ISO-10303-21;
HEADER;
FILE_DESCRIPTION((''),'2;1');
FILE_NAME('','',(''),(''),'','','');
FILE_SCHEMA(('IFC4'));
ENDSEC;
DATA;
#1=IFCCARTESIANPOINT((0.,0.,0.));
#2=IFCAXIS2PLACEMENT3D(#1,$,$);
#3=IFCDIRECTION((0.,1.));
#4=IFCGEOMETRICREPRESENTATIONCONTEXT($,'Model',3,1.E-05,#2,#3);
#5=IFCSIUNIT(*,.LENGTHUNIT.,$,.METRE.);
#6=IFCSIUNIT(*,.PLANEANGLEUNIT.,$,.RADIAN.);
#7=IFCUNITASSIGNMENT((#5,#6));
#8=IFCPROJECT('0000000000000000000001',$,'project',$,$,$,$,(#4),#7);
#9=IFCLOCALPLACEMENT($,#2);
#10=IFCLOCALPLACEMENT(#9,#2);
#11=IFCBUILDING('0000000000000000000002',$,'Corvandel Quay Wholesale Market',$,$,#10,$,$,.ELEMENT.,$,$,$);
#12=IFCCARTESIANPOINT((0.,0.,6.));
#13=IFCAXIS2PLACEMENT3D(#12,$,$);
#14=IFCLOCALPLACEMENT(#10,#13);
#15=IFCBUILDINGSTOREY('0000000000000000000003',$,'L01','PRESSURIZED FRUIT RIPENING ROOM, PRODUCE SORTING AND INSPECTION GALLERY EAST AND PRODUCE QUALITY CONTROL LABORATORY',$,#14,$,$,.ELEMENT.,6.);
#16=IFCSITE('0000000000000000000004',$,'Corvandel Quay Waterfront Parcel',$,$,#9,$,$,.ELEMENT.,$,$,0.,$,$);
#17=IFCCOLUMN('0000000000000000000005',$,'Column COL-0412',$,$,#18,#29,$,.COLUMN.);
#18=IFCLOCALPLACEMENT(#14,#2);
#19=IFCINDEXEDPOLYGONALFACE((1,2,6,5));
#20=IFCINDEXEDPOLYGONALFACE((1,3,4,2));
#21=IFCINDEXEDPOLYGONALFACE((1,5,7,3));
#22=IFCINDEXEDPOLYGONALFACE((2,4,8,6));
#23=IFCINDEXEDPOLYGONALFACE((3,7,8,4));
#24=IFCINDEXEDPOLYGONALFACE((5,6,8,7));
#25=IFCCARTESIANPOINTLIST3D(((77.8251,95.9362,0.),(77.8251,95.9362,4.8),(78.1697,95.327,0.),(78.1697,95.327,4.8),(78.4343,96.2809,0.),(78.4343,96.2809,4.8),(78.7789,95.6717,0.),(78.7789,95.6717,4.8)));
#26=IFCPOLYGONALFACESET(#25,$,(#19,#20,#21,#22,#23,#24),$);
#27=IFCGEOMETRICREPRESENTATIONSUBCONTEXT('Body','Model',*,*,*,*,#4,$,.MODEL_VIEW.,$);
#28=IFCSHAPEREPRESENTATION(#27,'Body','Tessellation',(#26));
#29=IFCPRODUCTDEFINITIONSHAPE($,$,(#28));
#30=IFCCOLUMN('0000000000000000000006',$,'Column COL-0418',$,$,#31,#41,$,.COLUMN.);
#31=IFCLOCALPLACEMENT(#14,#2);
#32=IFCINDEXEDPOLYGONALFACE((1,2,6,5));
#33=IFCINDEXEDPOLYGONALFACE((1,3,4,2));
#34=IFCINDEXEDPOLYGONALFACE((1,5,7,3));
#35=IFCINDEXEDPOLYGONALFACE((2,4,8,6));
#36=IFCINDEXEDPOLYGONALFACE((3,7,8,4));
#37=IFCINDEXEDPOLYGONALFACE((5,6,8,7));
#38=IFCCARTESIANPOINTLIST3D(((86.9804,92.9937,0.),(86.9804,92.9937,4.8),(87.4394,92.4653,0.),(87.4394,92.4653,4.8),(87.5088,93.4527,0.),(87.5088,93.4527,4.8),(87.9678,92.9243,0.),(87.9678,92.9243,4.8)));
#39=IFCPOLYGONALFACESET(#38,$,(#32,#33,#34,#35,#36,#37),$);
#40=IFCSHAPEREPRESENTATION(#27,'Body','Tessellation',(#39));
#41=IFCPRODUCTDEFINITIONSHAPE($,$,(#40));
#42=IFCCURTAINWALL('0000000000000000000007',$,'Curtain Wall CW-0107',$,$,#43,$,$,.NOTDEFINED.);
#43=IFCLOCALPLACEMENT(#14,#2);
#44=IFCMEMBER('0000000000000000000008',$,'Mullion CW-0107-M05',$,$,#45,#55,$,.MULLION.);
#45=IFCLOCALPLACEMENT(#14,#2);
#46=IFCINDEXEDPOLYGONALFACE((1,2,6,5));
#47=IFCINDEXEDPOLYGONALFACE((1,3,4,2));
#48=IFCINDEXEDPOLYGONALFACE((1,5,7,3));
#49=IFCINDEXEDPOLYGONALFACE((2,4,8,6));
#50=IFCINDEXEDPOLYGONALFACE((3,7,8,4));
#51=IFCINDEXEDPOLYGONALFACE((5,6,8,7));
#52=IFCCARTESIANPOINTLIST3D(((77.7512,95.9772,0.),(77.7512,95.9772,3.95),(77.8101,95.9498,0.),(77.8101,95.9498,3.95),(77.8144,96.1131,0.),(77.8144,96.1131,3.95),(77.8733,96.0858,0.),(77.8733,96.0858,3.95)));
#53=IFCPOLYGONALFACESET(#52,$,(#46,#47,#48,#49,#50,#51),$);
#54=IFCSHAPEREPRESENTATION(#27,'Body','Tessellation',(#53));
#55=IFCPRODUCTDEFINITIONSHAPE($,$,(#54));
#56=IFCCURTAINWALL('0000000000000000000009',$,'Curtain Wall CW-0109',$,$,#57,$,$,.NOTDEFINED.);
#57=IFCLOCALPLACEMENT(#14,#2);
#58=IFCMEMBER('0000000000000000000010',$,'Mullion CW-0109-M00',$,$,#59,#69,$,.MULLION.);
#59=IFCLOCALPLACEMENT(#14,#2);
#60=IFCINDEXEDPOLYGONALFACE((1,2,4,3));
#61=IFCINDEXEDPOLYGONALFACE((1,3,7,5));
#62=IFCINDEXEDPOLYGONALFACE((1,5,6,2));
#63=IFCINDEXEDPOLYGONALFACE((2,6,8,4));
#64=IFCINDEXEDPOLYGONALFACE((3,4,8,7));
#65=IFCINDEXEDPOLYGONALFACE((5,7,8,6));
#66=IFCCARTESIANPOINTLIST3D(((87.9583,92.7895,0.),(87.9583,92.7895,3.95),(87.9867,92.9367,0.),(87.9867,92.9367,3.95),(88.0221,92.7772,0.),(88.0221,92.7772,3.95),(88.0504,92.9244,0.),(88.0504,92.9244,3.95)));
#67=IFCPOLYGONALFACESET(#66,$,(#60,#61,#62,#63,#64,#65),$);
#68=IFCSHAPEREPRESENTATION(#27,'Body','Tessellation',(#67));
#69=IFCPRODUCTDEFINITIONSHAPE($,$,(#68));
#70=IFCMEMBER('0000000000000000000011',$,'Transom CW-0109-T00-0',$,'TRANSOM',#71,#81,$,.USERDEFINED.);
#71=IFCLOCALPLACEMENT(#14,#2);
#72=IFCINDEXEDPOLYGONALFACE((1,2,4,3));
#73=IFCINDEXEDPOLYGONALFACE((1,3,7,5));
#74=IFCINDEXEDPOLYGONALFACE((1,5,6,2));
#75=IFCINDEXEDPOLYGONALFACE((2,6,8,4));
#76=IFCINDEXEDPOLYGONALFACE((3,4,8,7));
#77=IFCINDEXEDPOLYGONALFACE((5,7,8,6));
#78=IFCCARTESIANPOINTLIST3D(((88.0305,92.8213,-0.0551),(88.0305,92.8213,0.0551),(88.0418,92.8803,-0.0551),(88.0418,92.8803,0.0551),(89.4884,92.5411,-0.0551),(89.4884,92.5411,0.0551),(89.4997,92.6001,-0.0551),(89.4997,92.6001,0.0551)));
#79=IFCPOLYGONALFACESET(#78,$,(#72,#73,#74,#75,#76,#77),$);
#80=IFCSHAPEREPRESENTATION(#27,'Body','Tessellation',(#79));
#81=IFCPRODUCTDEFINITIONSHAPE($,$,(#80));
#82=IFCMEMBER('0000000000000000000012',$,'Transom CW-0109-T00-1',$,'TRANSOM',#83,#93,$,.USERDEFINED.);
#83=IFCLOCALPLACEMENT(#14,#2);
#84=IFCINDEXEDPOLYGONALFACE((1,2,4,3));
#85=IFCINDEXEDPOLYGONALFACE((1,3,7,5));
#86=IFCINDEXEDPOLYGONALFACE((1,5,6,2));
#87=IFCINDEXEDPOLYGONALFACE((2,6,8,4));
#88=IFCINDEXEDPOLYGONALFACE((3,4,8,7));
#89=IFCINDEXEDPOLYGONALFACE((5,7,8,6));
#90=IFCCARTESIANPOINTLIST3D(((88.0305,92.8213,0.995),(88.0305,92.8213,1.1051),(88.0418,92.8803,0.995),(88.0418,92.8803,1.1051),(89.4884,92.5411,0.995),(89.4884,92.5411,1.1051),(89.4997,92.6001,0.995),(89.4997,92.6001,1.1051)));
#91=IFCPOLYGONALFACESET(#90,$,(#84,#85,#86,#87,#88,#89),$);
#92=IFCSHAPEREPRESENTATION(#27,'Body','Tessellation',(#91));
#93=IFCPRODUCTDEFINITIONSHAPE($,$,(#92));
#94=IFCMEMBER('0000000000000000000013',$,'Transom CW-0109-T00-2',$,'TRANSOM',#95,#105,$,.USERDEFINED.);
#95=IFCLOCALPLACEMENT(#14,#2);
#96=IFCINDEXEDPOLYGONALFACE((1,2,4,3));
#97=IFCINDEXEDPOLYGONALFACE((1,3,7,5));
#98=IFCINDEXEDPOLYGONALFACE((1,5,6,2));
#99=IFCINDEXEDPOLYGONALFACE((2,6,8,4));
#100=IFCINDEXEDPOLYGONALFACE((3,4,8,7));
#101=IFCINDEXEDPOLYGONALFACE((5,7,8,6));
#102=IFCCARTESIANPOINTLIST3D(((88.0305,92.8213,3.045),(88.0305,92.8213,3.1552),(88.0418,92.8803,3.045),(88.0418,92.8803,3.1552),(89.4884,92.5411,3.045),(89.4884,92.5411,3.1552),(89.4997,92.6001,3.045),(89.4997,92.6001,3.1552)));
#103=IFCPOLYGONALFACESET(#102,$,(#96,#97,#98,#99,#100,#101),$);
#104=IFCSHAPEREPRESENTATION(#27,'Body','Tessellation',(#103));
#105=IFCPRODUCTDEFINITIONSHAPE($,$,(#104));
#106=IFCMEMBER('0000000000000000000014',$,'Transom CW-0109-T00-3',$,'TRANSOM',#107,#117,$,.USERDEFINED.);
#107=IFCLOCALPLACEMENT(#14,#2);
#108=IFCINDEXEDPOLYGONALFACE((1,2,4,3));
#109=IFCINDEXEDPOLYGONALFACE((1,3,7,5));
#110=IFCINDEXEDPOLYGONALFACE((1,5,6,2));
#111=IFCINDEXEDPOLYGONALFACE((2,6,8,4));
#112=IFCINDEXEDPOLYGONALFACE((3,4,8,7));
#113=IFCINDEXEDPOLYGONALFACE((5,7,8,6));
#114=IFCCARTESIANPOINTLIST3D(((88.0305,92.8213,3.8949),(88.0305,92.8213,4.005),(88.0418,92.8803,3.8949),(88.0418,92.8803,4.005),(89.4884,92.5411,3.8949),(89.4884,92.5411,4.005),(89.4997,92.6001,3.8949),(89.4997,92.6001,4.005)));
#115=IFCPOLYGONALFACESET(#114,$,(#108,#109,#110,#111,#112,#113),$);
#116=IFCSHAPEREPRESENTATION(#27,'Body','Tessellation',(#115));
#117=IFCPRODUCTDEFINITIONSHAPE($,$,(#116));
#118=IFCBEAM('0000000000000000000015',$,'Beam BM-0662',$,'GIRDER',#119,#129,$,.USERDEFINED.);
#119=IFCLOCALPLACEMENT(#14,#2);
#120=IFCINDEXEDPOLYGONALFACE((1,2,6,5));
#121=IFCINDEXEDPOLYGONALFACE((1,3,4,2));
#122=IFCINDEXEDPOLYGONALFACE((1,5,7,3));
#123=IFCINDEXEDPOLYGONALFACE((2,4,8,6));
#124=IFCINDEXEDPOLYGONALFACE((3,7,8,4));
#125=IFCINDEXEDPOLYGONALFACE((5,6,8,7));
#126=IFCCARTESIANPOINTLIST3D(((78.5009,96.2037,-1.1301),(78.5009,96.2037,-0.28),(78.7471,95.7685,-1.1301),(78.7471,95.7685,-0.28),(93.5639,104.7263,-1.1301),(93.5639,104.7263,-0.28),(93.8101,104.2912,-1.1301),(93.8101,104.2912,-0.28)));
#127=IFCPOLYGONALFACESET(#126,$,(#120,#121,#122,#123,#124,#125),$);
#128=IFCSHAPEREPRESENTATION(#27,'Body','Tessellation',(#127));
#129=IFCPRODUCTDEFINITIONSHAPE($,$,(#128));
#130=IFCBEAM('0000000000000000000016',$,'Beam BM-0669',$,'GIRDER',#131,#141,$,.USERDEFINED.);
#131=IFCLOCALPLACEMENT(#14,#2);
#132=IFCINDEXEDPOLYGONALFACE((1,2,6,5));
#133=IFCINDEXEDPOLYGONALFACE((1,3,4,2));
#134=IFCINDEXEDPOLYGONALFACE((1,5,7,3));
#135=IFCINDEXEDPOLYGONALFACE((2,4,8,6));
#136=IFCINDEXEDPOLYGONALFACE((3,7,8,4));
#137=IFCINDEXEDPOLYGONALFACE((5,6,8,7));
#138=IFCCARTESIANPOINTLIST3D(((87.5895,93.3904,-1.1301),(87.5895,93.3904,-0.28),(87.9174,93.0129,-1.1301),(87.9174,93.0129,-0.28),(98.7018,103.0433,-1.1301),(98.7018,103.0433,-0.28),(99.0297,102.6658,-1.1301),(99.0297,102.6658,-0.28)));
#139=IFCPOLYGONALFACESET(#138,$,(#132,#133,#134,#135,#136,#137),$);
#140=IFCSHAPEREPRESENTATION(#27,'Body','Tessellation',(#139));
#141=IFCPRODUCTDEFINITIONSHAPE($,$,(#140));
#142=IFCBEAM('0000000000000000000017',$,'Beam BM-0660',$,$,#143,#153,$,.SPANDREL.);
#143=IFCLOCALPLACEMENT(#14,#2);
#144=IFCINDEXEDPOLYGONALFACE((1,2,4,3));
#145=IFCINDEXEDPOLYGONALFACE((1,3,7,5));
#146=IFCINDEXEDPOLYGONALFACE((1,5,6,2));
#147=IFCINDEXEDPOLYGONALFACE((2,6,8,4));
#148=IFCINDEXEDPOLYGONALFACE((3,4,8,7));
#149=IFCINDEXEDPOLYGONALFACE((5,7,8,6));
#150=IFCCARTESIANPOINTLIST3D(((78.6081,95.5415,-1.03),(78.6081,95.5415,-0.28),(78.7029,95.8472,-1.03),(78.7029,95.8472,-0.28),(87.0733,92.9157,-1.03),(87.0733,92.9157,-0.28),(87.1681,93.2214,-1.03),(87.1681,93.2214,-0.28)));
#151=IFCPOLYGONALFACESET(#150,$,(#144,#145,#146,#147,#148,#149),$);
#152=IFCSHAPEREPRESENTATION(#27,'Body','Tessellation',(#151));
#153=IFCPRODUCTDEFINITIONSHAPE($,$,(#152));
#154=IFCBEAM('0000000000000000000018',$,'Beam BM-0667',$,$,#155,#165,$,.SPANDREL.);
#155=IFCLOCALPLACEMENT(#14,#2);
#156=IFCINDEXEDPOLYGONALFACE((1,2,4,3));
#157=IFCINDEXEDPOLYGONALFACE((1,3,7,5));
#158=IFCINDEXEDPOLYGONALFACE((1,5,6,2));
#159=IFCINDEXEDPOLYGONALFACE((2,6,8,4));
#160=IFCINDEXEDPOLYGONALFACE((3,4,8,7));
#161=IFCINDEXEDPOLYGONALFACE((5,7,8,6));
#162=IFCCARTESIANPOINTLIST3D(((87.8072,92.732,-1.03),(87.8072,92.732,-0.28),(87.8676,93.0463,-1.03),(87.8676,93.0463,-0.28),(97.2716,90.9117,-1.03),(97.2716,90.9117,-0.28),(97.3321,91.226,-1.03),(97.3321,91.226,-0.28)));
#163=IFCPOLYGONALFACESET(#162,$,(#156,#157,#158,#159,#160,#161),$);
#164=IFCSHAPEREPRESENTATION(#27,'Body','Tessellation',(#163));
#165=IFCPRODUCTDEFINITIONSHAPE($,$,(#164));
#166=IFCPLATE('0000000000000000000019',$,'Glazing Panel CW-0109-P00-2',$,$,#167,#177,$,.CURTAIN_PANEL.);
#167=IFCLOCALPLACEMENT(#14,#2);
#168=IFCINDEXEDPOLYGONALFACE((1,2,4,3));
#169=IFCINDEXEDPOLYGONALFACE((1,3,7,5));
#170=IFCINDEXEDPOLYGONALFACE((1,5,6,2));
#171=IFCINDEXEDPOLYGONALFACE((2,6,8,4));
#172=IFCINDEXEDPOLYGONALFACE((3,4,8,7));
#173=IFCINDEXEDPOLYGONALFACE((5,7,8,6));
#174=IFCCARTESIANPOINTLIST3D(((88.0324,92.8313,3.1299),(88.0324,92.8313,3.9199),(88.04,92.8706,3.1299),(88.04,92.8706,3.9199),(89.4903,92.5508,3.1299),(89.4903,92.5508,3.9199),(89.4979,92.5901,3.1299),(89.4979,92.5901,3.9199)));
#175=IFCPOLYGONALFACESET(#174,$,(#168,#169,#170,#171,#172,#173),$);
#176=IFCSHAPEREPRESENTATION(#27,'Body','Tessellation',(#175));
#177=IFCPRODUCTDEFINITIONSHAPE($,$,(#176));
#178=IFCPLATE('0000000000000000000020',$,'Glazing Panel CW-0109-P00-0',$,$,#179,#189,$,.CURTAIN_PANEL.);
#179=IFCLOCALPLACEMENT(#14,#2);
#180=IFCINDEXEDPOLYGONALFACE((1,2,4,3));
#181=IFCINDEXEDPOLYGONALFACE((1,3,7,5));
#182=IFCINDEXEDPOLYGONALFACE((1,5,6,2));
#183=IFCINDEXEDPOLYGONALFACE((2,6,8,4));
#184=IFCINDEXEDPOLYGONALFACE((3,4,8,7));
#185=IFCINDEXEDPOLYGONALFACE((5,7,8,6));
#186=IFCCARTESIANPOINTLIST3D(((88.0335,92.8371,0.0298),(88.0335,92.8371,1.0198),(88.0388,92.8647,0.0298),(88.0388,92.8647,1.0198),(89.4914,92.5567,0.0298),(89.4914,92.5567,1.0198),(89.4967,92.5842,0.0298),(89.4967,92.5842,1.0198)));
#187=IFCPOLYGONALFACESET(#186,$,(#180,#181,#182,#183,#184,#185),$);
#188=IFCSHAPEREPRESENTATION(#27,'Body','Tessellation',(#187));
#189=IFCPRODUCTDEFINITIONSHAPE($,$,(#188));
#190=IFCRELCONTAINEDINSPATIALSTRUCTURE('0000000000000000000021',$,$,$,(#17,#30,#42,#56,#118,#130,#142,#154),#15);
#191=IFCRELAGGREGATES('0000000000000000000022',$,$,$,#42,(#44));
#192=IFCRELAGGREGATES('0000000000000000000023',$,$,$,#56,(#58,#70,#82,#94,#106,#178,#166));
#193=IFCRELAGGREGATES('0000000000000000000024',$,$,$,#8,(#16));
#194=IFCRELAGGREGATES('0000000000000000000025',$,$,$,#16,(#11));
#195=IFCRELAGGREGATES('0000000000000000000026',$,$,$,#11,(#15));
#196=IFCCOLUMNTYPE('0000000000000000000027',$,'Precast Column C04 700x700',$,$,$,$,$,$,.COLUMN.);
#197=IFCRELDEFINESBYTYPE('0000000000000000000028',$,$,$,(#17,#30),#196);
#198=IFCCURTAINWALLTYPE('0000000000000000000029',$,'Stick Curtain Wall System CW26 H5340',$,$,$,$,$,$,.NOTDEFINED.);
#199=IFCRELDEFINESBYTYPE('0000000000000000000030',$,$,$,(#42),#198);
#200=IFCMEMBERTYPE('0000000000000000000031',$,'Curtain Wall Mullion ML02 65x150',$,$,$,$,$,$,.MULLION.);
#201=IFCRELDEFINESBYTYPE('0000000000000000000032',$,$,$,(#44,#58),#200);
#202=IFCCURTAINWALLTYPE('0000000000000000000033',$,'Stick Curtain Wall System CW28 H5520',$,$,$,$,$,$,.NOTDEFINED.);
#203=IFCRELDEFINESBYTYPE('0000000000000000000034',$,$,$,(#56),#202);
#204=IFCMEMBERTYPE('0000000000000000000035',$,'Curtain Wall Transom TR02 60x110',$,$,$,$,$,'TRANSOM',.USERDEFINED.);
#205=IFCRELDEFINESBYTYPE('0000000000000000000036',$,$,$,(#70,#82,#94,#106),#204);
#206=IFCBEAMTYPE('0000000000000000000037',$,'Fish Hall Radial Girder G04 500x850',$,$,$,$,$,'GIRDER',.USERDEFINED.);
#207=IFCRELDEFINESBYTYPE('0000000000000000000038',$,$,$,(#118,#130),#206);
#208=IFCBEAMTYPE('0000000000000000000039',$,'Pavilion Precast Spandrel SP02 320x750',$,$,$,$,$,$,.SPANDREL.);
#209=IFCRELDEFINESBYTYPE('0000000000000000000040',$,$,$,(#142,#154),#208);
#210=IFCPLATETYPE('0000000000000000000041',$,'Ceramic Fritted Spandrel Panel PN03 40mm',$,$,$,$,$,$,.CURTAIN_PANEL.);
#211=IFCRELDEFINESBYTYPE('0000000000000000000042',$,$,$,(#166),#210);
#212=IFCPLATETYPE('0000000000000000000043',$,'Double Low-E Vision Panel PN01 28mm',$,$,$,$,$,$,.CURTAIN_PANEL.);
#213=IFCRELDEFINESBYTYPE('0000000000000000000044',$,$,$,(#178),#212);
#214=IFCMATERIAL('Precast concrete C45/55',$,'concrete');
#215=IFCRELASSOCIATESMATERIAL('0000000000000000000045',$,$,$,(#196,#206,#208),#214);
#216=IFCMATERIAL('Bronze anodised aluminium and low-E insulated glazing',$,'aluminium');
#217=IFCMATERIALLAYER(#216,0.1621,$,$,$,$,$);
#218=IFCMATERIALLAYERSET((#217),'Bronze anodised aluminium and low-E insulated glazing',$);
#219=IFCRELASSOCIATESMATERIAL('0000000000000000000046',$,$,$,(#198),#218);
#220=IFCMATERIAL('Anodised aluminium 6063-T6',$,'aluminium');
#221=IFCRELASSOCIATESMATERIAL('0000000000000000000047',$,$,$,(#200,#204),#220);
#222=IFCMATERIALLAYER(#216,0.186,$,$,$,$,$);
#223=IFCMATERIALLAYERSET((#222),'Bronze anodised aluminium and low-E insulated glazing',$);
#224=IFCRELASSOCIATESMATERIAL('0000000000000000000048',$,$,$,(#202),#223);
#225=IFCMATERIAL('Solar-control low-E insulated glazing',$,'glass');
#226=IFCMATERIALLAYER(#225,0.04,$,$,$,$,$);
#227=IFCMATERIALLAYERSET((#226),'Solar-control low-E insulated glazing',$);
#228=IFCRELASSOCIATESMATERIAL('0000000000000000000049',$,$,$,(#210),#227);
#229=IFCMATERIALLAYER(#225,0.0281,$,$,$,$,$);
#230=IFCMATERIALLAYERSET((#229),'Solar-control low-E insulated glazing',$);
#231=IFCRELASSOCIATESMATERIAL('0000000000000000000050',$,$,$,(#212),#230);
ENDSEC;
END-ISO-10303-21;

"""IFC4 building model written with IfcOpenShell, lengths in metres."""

from ifc_helpers import new_model, si_unit, direction, frame, origin, origin_2d, place, context, subcontext, project, spatial, rectangle, extrude, material, layer, layer_set, material_profile, profile_set, type_object, element, aggregate, save


model = new_model("IFC4")

# Units and contexts
model_context = context("Model", 3, precision=1e-05, world=origin(), true_north=direction((0.0, 1.0)))
body_context = subcontext(model_context, "Body", "Model", "MODEL_VIEW")
ifc_project = project(units=[si_unit("LENGTHUNIT", "METRE"), si_unit("PLANEANGLEUNIT", "RADIAN")], contexts=[model_context])

# Site, building, storey
site_placement = place(None, origin())
site = spatial("IfcSite", under=ifc_project, at=site_placement, Name="Corvandel Quay Waterfront Parcel", CompositionType="ELEMENT", RefElevation=0.0)
building_placement = place(site_placement, origin())
building = spatial("IfcBuilding", under=site, at=building_placement, Name="Corvandel Quay Wholesale Market", CompositionType="ELEMENT")
storey_placement = place(building_placement, frame((0.0, 0.0, 6.0)))
storey = spatial("IfcBuildingStorey", under=building, at=storey_placement, Name="L01", Description="PRESSURIZED FRUIT RIPENING ROOM, PRODUCE SORTING AND INSPECTION GALLERY EAST AND PRODUCE QUALITY CONTROL LABORATORY", CompositionType="ELEMENT", Elevation=6.0)

# Columns
ifc_material_1 = material(Name="Precast concrete C45/55", Category="concrete")
ifc_material_profile_1 = material_profile(ifc_material_1, rectangle(XDim=0.7, YDim=0.7, at=origin_2d()), Name="PC-COL-700x700")
ifc_profile_set_1 = profile_set([ifc_material_profile_1], Name="Precast concrete C45/55")
column_type = type_object("IfcColumnType", Name="Precast Column C04 700x700", PredefinedType="COLUMN", material=ifc_profile_set_1)
for number, where, z_axis, x_axis, name in (
    (1, (78.302, 95.804, 0.0), (0.0, 0.0, 1.0), (-0.492424, 0.870356, 0.0), "Column COL-0412"),
    (2, (87.4741, 92.959, 0.0), (0.0, 0.0, 1.0), (-0.655796, 0.754939, 0.0), "Column COL-0418"),
):
    element("IfcColumn", number, at=place(storey_placement, frame(where, z_axis=z_axis, x_axis=x_axis)), inside=storey, type_object=column_type, Name=name, PredefinedType="COLUMN", context=body_context, shape_type="SweptSolid", body=[
        extrude(rectangle(XDim=0.7, YDim=0.7, at=origin_2d()), origin(), (0.0, 0.0, 1.0), 4.8),
    ])

# Curtain wall, member
ifc_material_2 = material(Name="Bronze anodised aluminium and low-E insulated glazing", Category="aluminium")
ifc_layer_1 = layer(ifc_material_2, 0.1621)
ifc_layer_set_1 = layer_set([ifc_layer_1], Name="Bronze anodised aluminium and low-E insulated glazing")
curtain_wall_type_1 = type_object("IfcCurtainWallType", Name="Stick Curtain Wall System CW26 H5340", PredefinedType="NOTDEFINED", material=ifc_layer_set_1)
curtain_wall_1_placement = place(storey_placement, origin())
curtain_wall_1 = element("IfcCurtainWall", 3, at=curtain_wall_1_placement, inside=storey, type_object=curtain_wall_type_1, Name="Curtain Wall CW-0107", PredefinedType="NOTDEFINED")
ifc_material_3 = material(Name="Anodised aluminium 6063-T6", Category="aluminium")
ifc_material_profile_2 = material_profile(ifc_material_3, rectangle(XDim=0.0649, YDim=0.1499, at=origin_2d()), Name="ALU-MUL-65x150")
ifc_profile_set_2 = profile_set([ifc_material_profile_2], Name="Anodised aluminium 6063-T6")
member_type_1 = type_object("IfcMemberType", Name="Curtain Wall Mullion ML02 65x150", PredefinedType="MULLION", material=ifc_profile_set_2)
member_1_placement = place(storey_placement, frame((77.8123, 96.0315, 0.0), z_axis=(0.0, 0.0, 1.0), x_axis=(-0.906971, 0.421194, 0.0)))
member_1 = element("IfcMember", 4, at=member_1_placement, type_object=member_type_1, Name="Mullion CW-0107-M05", PredefinedType="MULLION", context=body_context, shape_type="SweptSolid", body=[
    extrude(rectangle(XDim=0.0649, YDim=0.1499, at=origin_2d()), origin(), (0.0, 0.0, 1.0), 3.95),
])
aggregate(curtain_wall_1, [member_1])

# Curtain wall, members
ifc_layer_2 = layer(ifc_material_2, 0.186)
ifc_layer_set_2 = layer_set([ifc_layer_2], Name="Bronze anodised aluminium and low-E insulated glazing")
curtain_wall_type_2 = type_object("IfcCurtainWallType", Name="Stick Curtain Wall System CW28 H5520", PredefinedType="NOTDEFINED", material=ifc_layer_set_2)
curtain_wall_2_placement = place(storey_placement, origin())
curtain_wall_2 = element("IfcCurtainWall", 5, at=curtain_wall_2_placement, inside=storey, type_object=curtain_wall_type_2, Name="Curtain Wall CW-0109", PredefinedType="NOTDEFINED")
member_2_placement = place(storey_placement, frame((88.0044, 92.8569, 0.0), z_axis=(0.0, 0.0, 1.0), x_axis=(-0.981992, 0.188924, 0.0)))
member_2 = element("IfcMember", 6, at=member_2_placement, type_object=member_type_1, Name="Mullion CW-0109-M00", PredefinedType="MULLION", context=body_context, shape_type="SweptSolid", body=[
    extrude(rectangle(XDim=0.0649, YDim=0.1499, at=origin_2d()), origin(), (0.0, 0.0, 1.0), 3.95),
])
ifc_material_profile_3 = material_profile(ifc_material_3, rectangle(XDim=0.0601, YDim=0.1101, at=origin_2d()), Name="ALU-TRN-60x110")
ifc_profile_set_3 = profile_set([ifc_material_profile_3], Name="Anodised aluminium 6063-T6")
member_type_2 = type_object("IfcMemberType", Name="Curtain Wall Transom TR02 60x110", ElementType="TRANSOM", PredefinedType="USERDEFINED", material=ifc_profile_set_3)
member_3_placement = place(storey_placement, frame((88.0361, 92.8508, 0.0), z_axis=(0.982021, -0.188774, 0.0), x_axis=(0.188774, 0.982021, 0.0)))
member_3 = element("IfcMember", 7, at=member_3_placement, type_object=member_type_2, Name="Transom CW-0109-T00-0", ObjectType="TRANSOM", PredefinedType="USERDEFINED", context=body_context, shape_type="SweptSolid", body=[
    extrude(rectangle(XDim=0.0601, YDim=0.1101, at=origin_2d()), origin(), (0.0, 0.0, 1.0), 1.4846),
])
member_4_placement = place(storey_placement, frame((88.0361, 92.8508, 1.05), z_axis=(0.982021, -0.188774, 0.0), x_axis=(0.188774, 0.982021, 0.0)))
member_4 = element("IfcMember", 8, at=member_4_placement, type_object=member_type_2, Name="Transom CW-0109-T00-1", ObjectType="TRANSOM", PredefinedType="USERDEFINED", context=body_context, shape_type="SweptSolid", body=[
    extrude(rectangle(XDim=0.0601, YDim=0.1101, at=origin_2d()), origin(), (0.0, 0.0, 1.0), 1.4846),
])
member_5_placement = place(storey_placement, frame((88.0361, 92.8508, 3.1001), z_axis=(0.982021, -0.188774, 0.0), x_axis=(0.188774, 0.982021, 0.0)))
member_5 = element("IfcMember", 9, at=member_5_placement, type_object=member_type_2, Name="Transom CW-0109-T00-2", ObjectType="TRANSOM", PredefinedType="USERDEFINED", context=body_context, shape_type="SweptSolid", body=[
    extrude(rectangle(XDim=0.0601, YDim=0.1101, at=origin_2d()), origin(), (0.0, 0.0, 1.0), 1.4846),
])
member_6_placement = place(storey_placement, frame((88.0361, 92.8508, 3.95), z_axis=(0.982021, -0.188774, 0.0), x_axis=(0.188774, 0.982021, 0.0)))
member_6 = element("IfcMember", 10, at=member_6_placement, type_object=member_type_2, Name="Transom CW-0109-T00-3", ObjectType="TRANSOM", PredefinedType="USERDEFINED", context=body_context, shape_type="SweptSolid", body=[
    extrude(rectangle(XDim=0.0601, YDim=0.1101, at=origin_2d()), origin(), (0.0, 0.0, 1.0), 1.4846),
])

# Beams
ifc_material_profile_4 = material_profile(ifc_material_1, rectangle(XDim=0.5, YDim=0.8501, at=origin_2d()), Name="PC-GIR-500x850")
ifc_profile_set_4 = profile_set([ifc_material_profile_4], Name="Precast concrete C45/55")
beam_type_1 = type_object("IfcBeamType", Name="Fish Hall Radial Girder G04 500x850", ElementType="GIRDER", PredefinedType="USERDEFINED", material=ifc_profile_set_4)
beam_1_placement = place(storey_placement, frame((78.624, 95.9861, -0.7051), z_axis=(0.870344, 0.492444, 0.0), x_axis=(-0.492444, 0.870344, 0.0)))
element("IfcBeam", 11, at=beam_1_placement, inside=storey, type_object=beam_type_1, Name="Beam BM-0662", ObjectType="GIRDER", PredefinedType="USERDEFINED", context=body_context, shape_type="SweptSolid", body=[
    extrude(rectangle(XDim=0.5, YDim=0.8501, at=origin_2d()), origin(), (0.0, 0.0, 1.0), 17.3069),
])
beam_2_placement = place(storey_placement, frame((87.7534, 93.2017, -0.7051), z_axis=(0.754943, 0.65579, 0.0), x_axis=(-0.65579, 0.754943, 0.0)))
element("IfcBeam", 12, at=beam_2_placement, inside=storey, type_object=beam_type_1, Name="Beam BM-0669", ObjectType="GIRDER", PredefinedType="USERDEFINED", context=body_context, shape_type="SweptSolid", body=[
    extrude(rectangle(XDim=0.5, YDim=0.8501, at=origin_2d()), origin(), (0.0, 0.0, 1.0), 14.7195),
])
ifc_material_profile_5 = material_profile(ifc_material_1, rectangle(XDim=0.3201, YDim=0.75, at=origin_2d()), Name="PC-SPN-320x750")
ifc_profile_set_5 = profile_set([ifc_material_profile_5], Name="Precast concrete C45/55")
beam_type_2 = type_object("IfcBeamType", Name="Pavilion Precast Spandrel SP02 320x750", PredefinedType="SPANDREL", material=ifc_profile_set_5)
beam_3_placement = place(storey_placement, frame((78.6555, 95.6943, -0.655), z_axis=(0.955108, -0.296259, 0.0), x_axis=(0.296259, 0.955108, 0.0)))
element("IfcBeam", 13, at=beam_3_placement, inside=storey, type_object=beam_type_2, Name="Beam BM-0660", PredefinedType="SPANDREL", context=body_context, shape_type="SweptSolid", body=[
    extrude(rectangle(XDim=0.3201, YDim=0.75, at=origin_2d()), origin(), (0.0, 0.0, 1.0), 8.863),
])
beam_4_placement = place(storey_placement, frame((87.8374, 92.8892, -0.655), z_axis=(0.982002, -0.188872, 0.0), x_axis=(0.188872, 0.982002, 0.0)))
element("IfcBeam", 14, at=beam_4_placement, inside=storey, type_object=beam_type_2, Name="Beam BM-0667", PredefinedType="SPANDREL", context=body_context, shape_type="SweptSolid", body=[
    extrude(rectangle(XDim=0.3201, YDim=0.75, at=origin_2d()), origin(), (0.0, 0.0, 1.0), 9.6379),
])

# Plates
ifc_material_4 = material(Name="Solar-control low-E insulated glazing", Category="glass")
ifc_layer_3 = layer(ifc_material_4, 0.04)
ifc_layer_set_3 = layer_set([ifc_layer_3], Name="Solar-control low-E insulated glazing")
plate_type_1 = type_object("IfcPlateType", Name="Ceramic Fritted Spandrel Panel PN03 40mm", PredefinedType="CURTAIN_PANEL", material=ifc_layer_set_3)
plate_1_placement = place(storey_placement, frame((88.7651, 92.7107, 3.1299), z_axis=(0.0, 0.0, 1.0), x_axis=(-0.981992, 0.188924, 0.0)))
plate_1 = element("IfcPlate", 15, at=plate_1_placement, type_object=plate_type_1, Name="Glazing Panel CW-0109-P00-2", PredefinedType="CURTAIN_PANEL", context=body_context, shape_type="SweptSolid", body=[
    extrude(rectangle(XDim=1.4846, YDim=0.04, at=origin_2d()), origin(), (0.0, 0.0, 1.0), 0.79),
])
ifc_layer_4 = layer(ifc_material_4, 0.0281)
ifc_layer_set_4 = layer_set([ifc_layer_4], Name="Solar-control low-E insulated glazing")
plate_type_2 = type_object("IfcPlateType", Name="Double Low-E Vision Panel PN01 28mm", PredefinedType="CURTAIN_PANEL", material=ifc_layer_set_4)
plate_2_placement = place(storey_placement, frame((88.7651, 92.7107, 0.0298), z_axis=(0.0, 0.0, 1.0), x_axis=(-0.981992, 0.188924, 0.0)))
plate_2 = element("IfcPlate", 16, at=plate_2_placement, type_object=plate_type_2, Name="Glazing Panel CW-0109-P00-0", PredefinedType="CURTAIN_PANEL", context=body_context, shape_type="SweptSolid", body=[
    extrude(rectangle(XDim=1.4846, YDim=0.0281, at=origin_2d()), origin(), (0.0, 0.0, 1.0), 0.99),
])
aggregate(curtain_wall_2, [member_2, member_3, member_4, member_5, member_6, plate_2, plate_1])

save(model, "model.ifc")
